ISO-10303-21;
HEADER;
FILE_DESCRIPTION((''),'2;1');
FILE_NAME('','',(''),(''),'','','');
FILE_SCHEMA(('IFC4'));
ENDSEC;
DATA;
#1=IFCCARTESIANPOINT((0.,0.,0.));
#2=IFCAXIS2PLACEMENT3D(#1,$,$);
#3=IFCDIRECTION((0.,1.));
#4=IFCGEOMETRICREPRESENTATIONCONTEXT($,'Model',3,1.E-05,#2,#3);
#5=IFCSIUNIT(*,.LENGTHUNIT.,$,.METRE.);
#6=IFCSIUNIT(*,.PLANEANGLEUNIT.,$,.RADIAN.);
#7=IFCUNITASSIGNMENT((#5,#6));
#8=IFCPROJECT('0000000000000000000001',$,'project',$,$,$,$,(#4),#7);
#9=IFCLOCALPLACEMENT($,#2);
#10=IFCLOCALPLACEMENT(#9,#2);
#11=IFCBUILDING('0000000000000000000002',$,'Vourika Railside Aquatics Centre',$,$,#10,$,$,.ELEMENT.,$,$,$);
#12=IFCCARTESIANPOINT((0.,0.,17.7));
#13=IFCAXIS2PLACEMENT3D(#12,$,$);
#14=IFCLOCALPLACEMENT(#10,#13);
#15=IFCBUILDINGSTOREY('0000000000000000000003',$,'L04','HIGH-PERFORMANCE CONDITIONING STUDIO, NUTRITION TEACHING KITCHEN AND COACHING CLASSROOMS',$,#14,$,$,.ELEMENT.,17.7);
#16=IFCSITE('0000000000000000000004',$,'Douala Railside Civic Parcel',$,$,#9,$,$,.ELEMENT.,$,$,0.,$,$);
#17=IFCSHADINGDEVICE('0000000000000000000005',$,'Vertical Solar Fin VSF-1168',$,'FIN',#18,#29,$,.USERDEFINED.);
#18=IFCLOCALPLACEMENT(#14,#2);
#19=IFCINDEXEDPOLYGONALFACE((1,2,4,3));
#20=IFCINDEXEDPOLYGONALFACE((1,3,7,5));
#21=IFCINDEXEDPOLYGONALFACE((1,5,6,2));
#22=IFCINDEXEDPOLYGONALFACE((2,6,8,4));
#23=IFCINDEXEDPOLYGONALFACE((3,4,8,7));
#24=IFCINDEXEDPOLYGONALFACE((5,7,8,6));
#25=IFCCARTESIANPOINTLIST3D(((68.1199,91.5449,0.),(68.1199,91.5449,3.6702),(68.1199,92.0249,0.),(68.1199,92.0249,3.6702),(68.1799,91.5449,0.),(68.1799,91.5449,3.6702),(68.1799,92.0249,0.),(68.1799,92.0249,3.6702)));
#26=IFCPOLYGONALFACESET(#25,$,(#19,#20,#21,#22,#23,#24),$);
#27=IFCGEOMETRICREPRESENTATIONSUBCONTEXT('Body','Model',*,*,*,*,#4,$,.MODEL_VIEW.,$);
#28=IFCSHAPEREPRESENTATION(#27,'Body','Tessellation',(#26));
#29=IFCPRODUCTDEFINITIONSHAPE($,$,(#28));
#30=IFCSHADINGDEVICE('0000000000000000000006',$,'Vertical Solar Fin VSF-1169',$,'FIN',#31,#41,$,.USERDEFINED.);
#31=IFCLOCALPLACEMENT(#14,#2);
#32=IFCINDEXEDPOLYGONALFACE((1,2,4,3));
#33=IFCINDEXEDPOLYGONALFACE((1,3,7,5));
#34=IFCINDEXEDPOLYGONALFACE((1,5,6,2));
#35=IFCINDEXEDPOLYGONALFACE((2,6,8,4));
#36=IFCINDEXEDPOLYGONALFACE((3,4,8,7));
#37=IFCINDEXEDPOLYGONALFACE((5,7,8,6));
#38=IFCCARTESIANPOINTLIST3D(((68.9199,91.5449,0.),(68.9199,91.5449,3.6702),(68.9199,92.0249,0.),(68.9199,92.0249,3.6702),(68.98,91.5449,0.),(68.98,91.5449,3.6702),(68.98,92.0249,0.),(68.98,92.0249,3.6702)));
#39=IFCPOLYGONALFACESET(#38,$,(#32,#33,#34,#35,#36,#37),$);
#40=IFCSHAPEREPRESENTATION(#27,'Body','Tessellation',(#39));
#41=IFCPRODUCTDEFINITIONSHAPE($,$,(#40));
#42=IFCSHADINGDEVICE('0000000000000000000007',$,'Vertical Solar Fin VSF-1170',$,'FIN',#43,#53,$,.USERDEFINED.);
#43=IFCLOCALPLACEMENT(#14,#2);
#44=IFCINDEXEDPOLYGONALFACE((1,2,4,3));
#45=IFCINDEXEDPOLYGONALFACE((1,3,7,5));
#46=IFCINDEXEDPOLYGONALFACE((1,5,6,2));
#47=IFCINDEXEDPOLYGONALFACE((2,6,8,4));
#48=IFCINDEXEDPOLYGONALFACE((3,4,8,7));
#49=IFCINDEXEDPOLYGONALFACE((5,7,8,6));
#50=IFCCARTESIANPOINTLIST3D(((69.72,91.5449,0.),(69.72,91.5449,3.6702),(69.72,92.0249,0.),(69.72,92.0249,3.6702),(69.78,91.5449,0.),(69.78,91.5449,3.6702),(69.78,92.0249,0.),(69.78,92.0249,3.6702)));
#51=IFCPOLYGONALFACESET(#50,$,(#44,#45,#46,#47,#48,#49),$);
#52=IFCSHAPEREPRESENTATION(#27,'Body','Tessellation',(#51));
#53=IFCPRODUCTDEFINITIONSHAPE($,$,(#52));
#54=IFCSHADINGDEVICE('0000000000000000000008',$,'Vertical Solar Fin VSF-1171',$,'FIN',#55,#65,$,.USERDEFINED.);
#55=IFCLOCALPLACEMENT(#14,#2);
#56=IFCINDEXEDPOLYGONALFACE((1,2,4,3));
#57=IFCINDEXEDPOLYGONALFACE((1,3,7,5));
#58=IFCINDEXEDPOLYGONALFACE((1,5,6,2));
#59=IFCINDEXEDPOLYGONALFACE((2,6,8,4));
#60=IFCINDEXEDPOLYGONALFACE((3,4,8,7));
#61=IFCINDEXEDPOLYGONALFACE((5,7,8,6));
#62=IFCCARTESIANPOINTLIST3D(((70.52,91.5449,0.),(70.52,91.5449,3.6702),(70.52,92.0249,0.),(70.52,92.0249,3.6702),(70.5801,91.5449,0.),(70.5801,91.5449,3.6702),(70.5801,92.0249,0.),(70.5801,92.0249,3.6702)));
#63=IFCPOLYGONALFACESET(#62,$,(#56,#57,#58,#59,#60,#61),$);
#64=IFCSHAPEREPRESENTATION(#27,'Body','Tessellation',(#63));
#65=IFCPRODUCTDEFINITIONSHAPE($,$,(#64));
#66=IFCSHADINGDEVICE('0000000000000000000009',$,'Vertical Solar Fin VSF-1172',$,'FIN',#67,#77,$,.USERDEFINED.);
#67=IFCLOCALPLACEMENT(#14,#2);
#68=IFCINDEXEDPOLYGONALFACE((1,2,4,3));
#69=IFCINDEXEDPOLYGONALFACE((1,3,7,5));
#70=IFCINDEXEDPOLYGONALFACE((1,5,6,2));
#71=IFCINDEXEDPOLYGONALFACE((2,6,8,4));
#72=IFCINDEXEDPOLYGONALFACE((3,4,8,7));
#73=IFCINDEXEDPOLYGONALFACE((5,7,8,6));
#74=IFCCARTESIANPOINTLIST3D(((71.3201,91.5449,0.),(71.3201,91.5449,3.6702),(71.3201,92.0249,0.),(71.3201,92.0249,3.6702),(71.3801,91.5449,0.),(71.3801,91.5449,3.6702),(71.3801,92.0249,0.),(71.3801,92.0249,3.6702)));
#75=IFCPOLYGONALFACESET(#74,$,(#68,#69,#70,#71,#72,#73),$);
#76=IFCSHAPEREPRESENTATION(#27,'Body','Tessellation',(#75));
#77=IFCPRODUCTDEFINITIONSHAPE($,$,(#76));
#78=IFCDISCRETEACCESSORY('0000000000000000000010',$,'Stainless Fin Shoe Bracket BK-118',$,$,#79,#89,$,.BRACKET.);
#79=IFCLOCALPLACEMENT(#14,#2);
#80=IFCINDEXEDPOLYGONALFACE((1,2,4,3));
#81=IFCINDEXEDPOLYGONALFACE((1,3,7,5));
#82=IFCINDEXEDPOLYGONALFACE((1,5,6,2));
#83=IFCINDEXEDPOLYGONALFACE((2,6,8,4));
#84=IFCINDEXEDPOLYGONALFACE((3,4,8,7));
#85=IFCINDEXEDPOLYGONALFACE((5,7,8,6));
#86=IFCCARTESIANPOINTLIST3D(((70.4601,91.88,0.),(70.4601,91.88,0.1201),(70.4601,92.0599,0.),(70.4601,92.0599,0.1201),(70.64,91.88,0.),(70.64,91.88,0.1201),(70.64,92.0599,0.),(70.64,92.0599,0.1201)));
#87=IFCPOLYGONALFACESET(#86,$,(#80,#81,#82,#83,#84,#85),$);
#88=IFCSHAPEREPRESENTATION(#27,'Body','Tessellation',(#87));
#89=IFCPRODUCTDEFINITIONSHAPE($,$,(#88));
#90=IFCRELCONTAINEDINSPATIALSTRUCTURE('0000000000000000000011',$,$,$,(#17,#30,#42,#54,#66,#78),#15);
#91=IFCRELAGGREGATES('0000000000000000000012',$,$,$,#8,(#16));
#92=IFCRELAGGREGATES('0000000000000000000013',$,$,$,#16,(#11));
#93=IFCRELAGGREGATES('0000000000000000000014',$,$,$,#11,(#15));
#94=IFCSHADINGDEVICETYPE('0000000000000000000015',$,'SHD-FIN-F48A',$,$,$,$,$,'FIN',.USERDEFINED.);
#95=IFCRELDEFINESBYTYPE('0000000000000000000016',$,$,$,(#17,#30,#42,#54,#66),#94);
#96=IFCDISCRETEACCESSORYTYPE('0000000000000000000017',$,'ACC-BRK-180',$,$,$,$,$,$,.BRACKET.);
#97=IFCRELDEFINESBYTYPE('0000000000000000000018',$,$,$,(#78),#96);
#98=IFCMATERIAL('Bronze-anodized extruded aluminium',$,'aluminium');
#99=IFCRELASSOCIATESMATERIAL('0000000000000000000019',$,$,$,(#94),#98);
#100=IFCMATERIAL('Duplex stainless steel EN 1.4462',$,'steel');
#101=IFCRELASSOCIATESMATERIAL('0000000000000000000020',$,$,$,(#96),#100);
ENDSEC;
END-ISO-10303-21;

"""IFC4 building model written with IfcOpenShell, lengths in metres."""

from ifc_helpers import new_model, si_unit, direction, frame, origin, origin_2d, place, context, subcontext, project, spatial, rectangle, extrude, material, material_profile, profile_set, type_object, element, save


model = new_model("IFC4")

# Units and contexts
model_context = context("Model", 3, precision=1e-05, world=origin(), true_north=direction((0.0, 1.0)))
body_context = subcontext(model_context, "Body", "Model", "MODEL_VIEW")
ifc_project = project(units=[si_unit("LENGTHUNIT", "METRE"), si_unit("PLANEANGLEUNIT", "RADIAN")], contexts=[model_context])

# Site, building, storey
site_placement = place(None, origin())
site = spatial("IfcSite", under=ifc_project, at=site_placement, Name="Douala Railside Civic Parcel", CompositionType="ELEMENT", RefElevation=0.0)
building_placement = place(site_placement, origin())
building = spatial("IfcBuilding", under=site, at=building_placement, Name="Vourika Railside Aquatics Centre", CompositionType="ELEMENT")
storey_placement = place(building_placement, frame((0.0, 0.0, 17.7)))
storey = spatial("IfcBuildingStorey", under=building, at=storey_placement, Name="L04", Description="HIGH-PERFORMANCE CONDITIONING STUDIO, NUTRITION TEACHING KITCHEN AND COACHING CLASSROOMS", CompositionType="ELEMENT", Elevation=17.7)

# Shading devices
ifc_material_1 = material(Name="Bronze-anodized extruded aluminium", Category="aluminium")
ifc_material_profile_1 = material_profile(ifc_material_1, rectangle(XDim=0.0601, YDim=0.48, at=origin_2d()), Name="ALU-FIN 60x480")
ifc_profile_set_1 = profile_set([ifc_material_profile_1], Name="Bronze-anodized extruded aluminium")
shading_device_type = type_object("IfcShadingDeviceType", Name="SHD-FIN-F48A", ElementType="FIN", PredefinedType="USERDEFINED", material=ifc_profile_set_1)
for number, where, z_axis, x_axis, name in (
    (1, (68.1499, 91.7849, 0.0), (0.0, 0.0, 1.0), (-1.0, 0.0, 0.0), "Vertical Solar Fin VSF-1168"),
    (2, (68.95, 91.7849, 0.0), (0.0, 0.0, 1.0), (-1.0, 0.0, 0.0), "Vertical Solar Fin VSF-1169"),
    (3, (69.75, 91.7849, 0.0), (0.0, 0.0, 1.0), (-1.0, 0.0, 0.0), "Vertical Solar Fin VSF-1170"),
    (4, (70.55, 91.7849, 0.0), (0.0, 0.0, 1.0), (-1.0, 0.0, 0.0), "Vertical Solar Fin VSF-1171"),
    (5, (71.3501, 91.7849, 0.0), (0.0, 0.0, 1.0), (-1.0, 0.0, 0.0), "Vertical Solar Fin VSF-1172"),
):
    element("IfcShadingDevice", number, at=place(storey_placement, frame(where, z_axis=z_axis, x_axis=x_axis)), inside=storey, type_object=shading_device_type, Name=name, ObjectType="FIN", PredefinedType="USERDEFINED", context=body_context, shape_type="SweptSolid", body=[
        extrude(rectangle(XDim=0.0601, YDim=0.48, at=origin_2d()), origin(), (0.0, 0.0, 1.0), 3.6702),
    ])

# Discrete accessory
ifc_material_2 = material(Name="Duplex stainless steel EN 1.4462", Category="steel")
discrete_accessory_type = type_object("IfcDiscreteAccessoryType", Name="ACC-BRK-180", PredefinedType="BRACKET", material=ifc_material_2)
discrete_accessory_placement = place(storey_placement, frame((70.55, 91.97, 0.0), z_axis=(0.0, 0.0, 1.0), x_axis=(0.0, -1.0, 0.0)))
element("IfcDiscreteAccessory", 6, at=discrete_accessory_placement, inside=storey, type_object=discrete_accessory_type, Name="Stainless Fin Shoe Bracket BK-118", PredefinedType="BRACKET", context=body_context, shape_type="SweptSolid", body=[
    extrude(rectangle(XDim=0.1799, YDim=0.1799, at=origin_2d()), origin(), (0.0, 0.0, 1.0), 0.1201),
])

save(model, "model.ifc")
